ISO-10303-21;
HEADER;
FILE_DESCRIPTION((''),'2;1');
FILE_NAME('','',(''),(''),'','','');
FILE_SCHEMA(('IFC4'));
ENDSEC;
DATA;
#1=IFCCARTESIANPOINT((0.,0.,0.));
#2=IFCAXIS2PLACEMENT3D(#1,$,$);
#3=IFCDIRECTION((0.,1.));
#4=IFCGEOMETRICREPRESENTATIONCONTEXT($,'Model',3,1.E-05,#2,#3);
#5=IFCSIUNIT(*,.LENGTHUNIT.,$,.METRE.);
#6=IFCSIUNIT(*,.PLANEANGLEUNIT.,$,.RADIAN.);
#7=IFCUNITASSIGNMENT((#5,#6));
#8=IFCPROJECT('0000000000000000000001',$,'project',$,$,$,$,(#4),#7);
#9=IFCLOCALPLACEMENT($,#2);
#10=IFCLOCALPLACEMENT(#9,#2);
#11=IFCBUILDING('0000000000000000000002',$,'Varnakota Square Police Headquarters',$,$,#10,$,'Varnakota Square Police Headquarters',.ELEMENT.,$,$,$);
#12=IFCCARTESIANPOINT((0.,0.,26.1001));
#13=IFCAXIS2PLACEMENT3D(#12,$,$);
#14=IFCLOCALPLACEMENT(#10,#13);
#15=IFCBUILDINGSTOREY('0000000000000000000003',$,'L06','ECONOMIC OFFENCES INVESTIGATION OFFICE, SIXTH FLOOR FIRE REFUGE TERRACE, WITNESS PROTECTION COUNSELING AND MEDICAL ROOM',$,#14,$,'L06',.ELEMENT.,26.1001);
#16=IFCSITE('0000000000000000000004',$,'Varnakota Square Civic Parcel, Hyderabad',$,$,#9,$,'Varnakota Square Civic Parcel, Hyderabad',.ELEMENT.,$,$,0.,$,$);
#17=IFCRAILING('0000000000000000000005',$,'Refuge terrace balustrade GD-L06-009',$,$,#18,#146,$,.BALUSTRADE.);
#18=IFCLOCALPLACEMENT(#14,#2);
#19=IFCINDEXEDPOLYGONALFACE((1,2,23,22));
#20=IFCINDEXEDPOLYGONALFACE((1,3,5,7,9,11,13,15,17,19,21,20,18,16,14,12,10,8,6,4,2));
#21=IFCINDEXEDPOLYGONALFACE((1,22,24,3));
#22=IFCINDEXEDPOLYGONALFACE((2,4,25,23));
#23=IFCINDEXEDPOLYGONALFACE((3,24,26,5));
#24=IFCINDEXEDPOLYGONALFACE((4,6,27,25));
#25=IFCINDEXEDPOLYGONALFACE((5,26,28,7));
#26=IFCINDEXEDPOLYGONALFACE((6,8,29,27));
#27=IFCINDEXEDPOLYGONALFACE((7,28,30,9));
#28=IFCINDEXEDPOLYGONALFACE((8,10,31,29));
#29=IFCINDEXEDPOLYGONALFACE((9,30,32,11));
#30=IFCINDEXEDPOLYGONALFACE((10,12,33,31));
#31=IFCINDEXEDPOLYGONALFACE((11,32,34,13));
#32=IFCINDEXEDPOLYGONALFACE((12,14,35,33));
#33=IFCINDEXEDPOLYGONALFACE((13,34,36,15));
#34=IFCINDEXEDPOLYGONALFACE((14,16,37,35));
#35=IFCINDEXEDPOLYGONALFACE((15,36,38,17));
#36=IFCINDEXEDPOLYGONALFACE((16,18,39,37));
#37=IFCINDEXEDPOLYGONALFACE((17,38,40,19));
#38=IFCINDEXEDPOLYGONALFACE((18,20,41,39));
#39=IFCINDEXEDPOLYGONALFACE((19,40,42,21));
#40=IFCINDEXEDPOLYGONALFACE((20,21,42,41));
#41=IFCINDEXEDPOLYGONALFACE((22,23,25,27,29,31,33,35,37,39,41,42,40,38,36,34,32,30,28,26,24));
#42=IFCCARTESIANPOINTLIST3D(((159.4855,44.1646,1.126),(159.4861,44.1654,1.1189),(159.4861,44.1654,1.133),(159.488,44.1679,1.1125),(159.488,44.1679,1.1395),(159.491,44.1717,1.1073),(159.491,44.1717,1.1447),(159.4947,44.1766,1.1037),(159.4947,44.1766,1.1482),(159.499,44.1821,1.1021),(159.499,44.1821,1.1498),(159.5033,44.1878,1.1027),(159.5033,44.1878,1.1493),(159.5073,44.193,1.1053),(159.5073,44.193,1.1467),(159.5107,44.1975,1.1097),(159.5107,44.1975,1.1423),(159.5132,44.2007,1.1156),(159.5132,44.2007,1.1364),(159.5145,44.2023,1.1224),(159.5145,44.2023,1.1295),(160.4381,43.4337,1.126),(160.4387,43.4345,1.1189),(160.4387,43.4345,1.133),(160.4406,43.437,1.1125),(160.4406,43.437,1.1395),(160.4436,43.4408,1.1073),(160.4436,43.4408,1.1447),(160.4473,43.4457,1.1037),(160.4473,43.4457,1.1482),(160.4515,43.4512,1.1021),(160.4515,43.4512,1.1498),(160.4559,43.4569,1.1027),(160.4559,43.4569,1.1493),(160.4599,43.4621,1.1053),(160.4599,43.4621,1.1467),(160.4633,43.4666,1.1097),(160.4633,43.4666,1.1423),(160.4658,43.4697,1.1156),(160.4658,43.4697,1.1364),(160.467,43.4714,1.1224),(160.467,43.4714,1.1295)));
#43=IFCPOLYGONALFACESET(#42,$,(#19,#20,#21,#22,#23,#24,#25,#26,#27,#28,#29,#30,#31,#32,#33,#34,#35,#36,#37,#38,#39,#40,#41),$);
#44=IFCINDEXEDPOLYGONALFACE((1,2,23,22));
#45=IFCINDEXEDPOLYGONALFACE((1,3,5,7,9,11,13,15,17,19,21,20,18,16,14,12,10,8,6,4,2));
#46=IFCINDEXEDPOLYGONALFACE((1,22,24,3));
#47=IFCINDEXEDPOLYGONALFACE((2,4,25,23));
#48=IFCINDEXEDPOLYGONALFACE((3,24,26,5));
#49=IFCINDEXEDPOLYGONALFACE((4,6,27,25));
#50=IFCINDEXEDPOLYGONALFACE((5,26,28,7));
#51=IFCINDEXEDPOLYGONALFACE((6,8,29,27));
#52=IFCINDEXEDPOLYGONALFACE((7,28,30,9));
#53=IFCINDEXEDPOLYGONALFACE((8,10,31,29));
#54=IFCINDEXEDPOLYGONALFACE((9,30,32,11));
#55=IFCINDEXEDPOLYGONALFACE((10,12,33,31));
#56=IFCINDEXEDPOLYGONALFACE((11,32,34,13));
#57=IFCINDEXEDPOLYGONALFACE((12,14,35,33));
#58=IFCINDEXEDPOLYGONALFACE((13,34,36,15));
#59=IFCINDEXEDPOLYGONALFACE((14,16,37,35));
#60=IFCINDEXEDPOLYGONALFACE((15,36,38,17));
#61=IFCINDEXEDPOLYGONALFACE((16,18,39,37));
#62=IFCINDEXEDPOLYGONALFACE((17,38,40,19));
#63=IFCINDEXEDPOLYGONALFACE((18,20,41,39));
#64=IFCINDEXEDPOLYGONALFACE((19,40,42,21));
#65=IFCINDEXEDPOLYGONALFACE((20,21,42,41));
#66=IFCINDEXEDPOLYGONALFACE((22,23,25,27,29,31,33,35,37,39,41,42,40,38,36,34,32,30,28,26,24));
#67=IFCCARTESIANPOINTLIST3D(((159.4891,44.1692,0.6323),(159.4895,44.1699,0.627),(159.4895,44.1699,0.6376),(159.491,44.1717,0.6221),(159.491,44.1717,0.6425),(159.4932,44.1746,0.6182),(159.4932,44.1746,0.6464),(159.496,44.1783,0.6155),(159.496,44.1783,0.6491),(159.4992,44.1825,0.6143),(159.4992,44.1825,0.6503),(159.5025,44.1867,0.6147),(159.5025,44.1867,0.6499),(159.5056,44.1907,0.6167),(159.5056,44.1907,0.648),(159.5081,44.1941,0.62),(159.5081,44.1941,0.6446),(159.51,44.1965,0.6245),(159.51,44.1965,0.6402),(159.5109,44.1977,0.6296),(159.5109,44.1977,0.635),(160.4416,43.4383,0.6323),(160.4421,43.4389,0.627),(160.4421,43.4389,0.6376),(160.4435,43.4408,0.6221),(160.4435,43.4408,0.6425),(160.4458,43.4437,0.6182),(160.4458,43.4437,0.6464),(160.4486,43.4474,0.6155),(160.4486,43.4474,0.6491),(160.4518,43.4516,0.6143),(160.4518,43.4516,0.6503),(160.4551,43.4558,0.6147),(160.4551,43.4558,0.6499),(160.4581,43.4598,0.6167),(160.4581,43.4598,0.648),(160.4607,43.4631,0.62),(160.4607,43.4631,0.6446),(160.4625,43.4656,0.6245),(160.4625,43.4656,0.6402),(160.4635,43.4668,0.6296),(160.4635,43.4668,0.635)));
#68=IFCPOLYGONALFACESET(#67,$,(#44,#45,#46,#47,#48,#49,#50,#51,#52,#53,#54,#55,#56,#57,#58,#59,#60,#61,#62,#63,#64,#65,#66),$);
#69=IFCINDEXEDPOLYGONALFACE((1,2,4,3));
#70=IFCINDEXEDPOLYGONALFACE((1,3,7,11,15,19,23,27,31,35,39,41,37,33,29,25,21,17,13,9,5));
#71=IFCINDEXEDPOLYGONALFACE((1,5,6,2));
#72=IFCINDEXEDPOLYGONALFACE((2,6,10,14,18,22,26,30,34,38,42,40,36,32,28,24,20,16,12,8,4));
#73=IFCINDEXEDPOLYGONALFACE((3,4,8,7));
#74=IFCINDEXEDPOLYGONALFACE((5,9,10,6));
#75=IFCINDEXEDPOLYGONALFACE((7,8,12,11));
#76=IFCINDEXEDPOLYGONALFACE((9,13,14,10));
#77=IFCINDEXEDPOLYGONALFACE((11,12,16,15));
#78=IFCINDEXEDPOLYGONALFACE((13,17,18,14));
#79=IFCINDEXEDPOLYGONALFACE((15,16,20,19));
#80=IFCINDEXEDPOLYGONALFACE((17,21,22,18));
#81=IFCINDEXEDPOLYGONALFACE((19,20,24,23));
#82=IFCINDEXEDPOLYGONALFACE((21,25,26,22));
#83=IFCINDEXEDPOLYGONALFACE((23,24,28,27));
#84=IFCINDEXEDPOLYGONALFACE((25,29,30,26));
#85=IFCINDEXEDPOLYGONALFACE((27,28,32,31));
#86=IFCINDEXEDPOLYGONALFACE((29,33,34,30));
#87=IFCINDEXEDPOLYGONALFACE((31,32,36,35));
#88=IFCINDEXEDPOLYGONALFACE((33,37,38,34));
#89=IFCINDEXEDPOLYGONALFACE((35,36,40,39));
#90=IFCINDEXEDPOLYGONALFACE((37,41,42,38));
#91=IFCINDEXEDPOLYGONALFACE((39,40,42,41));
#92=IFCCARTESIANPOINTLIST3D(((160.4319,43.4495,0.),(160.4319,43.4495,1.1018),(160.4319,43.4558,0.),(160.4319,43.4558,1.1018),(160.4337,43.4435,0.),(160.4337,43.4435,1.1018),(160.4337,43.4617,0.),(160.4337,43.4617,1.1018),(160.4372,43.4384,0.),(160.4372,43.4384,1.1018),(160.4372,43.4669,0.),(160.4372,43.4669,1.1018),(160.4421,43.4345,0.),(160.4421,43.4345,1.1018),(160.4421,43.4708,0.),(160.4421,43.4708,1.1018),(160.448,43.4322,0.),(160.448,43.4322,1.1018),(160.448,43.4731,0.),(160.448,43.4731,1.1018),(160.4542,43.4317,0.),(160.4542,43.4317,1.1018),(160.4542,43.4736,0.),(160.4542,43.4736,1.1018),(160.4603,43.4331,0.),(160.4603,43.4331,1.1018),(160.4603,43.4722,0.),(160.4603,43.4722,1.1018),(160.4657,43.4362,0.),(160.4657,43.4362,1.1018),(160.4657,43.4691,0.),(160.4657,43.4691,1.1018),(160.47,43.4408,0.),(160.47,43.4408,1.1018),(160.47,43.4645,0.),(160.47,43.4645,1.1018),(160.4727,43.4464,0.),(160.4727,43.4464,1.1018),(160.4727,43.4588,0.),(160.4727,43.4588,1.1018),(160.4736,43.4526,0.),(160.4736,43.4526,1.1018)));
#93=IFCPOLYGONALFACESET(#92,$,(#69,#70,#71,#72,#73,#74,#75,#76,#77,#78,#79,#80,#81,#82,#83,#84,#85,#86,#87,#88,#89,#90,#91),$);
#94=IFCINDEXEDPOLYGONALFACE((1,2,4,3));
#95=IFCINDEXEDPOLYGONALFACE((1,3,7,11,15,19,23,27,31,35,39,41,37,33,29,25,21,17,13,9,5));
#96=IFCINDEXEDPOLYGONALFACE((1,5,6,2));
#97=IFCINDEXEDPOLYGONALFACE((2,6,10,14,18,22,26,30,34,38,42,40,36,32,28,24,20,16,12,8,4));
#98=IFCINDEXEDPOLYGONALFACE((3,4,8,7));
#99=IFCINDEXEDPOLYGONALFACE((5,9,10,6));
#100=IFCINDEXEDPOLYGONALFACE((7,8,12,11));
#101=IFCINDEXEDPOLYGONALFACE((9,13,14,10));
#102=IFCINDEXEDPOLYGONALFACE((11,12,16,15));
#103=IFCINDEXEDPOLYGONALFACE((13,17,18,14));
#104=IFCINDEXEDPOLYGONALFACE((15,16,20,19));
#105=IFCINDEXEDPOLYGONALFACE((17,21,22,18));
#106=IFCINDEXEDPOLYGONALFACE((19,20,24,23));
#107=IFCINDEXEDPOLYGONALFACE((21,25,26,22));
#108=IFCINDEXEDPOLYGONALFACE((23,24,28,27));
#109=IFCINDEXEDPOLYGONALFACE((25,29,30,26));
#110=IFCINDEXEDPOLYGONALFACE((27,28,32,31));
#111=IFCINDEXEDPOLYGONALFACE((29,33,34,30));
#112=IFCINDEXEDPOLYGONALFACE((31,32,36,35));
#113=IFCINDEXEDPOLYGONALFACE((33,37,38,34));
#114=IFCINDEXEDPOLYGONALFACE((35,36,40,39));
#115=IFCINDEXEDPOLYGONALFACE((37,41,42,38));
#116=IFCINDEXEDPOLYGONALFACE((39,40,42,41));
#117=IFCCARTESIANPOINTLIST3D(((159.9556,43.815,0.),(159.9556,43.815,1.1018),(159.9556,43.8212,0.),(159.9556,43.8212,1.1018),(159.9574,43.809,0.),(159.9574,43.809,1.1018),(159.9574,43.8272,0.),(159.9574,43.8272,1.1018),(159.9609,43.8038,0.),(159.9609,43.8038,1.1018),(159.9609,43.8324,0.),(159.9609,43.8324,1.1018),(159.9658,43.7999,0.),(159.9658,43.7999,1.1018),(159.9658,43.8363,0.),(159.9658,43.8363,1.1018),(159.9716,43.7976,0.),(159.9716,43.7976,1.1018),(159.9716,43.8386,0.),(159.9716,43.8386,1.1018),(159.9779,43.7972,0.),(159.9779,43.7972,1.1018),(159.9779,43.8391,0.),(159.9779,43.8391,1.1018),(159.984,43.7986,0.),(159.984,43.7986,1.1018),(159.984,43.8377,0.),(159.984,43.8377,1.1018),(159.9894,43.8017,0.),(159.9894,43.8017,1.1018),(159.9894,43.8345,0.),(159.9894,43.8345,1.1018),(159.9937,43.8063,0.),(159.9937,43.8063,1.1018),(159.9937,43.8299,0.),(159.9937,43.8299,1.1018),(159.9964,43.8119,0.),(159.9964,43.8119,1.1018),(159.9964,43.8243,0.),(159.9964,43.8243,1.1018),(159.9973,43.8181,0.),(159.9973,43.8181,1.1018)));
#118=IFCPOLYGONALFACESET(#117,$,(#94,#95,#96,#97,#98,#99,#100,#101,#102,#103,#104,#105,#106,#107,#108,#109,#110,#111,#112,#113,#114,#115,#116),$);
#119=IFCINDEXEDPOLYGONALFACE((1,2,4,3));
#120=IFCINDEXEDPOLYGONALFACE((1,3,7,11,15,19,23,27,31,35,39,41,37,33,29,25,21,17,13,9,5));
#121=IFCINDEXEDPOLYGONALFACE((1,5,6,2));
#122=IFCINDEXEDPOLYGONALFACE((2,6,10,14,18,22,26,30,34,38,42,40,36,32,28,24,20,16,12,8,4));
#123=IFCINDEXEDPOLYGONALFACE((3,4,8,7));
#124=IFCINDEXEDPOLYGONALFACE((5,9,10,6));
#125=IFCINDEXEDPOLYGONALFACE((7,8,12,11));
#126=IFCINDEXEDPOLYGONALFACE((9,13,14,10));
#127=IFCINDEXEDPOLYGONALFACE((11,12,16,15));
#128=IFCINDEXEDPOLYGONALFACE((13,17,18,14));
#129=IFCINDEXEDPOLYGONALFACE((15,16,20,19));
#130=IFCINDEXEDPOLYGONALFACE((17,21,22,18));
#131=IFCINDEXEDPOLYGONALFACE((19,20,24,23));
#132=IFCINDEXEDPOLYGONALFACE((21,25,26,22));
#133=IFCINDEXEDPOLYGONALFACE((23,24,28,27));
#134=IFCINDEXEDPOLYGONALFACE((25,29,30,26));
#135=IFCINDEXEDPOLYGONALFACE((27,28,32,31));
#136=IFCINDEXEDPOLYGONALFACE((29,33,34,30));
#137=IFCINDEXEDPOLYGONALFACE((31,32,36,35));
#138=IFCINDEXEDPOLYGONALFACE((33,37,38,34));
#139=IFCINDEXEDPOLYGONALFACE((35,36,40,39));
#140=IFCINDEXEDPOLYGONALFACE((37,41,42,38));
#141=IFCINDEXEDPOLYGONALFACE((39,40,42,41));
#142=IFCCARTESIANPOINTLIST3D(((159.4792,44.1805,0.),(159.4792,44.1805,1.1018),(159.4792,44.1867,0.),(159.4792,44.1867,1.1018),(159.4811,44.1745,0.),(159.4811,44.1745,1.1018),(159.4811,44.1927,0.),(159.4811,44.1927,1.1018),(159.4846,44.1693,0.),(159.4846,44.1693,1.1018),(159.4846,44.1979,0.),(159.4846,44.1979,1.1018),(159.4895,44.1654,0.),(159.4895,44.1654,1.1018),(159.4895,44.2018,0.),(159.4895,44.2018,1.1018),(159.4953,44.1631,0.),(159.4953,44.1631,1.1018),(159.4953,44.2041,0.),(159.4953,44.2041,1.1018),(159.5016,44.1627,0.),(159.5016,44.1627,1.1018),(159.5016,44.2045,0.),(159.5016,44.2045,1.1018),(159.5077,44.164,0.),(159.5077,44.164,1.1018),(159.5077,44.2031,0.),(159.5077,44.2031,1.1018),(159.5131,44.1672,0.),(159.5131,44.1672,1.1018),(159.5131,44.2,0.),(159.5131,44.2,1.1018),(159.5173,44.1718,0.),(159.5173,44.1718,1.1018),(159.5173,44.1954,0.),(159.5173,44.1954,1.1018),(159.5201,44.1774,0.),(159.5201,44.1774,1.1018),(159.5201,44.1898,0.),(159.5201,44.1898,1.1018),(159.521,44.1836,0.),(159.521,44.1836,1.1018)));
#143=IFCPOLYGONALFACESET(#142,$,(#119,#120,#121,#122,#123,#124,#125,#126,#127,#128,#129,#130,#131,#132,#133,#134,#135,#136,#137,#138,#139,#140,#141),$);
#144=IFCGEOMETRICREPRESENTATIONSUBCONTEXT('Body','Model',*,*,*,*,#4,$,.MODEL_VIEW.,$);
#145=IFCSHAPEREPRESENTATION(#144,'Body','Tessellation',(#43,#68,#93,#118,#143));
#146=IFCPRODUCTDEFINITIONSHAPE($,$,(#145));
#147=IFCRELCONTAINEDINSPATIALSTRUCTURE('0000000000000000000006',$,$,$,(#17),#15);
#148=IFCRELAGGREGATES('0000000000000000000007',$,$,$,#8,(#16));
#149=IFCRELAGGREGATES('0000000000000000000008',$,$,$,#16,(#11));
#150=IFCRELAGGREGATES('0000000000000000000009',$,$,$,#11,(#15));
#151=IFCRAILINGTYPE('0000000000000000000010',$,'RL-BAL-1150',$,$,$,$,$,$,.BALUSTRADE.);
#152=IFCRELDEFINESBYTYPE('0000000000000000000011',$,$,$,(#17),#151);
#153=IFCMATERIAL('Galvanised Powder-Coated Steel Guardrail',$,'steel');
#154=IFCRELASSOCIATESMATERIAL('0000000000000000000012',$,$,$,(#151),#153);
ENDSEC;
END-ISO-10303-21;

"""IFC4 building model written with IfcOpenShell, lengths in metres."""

from ifc_helpers import new_model, si_unit, direction, frame, origin, origin_2d, place, context, subcontext, project, spatial, circle, extrude, material, type_object, element, save


model = new_model("IFC4")

# Units and contexts
model_context = context("Model", 3, precision=1e-05, world=origin(), true_north=direction((0.0, 1.0)))
body_context = subcontext(model_context, "Body", "Model", "MODEL_VIEW")
ifc_project = project(units=[si_unit("LENGTHUNIT", "METRE"), si_unit("PLANEANGLEUNIT", "RADIAN")], contexts=[model_context])

# Site, building, storey
site_placement = place(None, origin())
site = spatial("IfcSite", under=ifc_project, at=site_placement, Name="Varnakota Square Civic Parcel, Hyderabad", LongName="Varnakota Square Civic Parcel, Hyderabad", CompositionType="ELEMENT", RefElevation=0.0)
building_placement = place(site_placement, origin())
building = spatial("IfcBuilding", under=site, at=building_placement, Name="Varnakota Square Police Headquarters", LongName="Varnakota Square Police Headquarters", CompositionType="ELEMENT")
storey_placement = place(building_placement, frame((0.0, 0.0, 26.1001)))
storey = spatial("IfcBuildingStorey", under=building, at=storey_placement, Name="L06", Description="ECONOMIC OFFENCES INVESTIGATION OFFICE, SIXTH FLOOR FIRE REFUGE TERRACE, WITNESS PROTECTION COUNSELING AND MEDICAL ROOM", LongName="L06", CompositionType="ELEMENT", Elevation=26.1001)

# Railing
ifc_material_1 = material(Name="Galvanised Powder-Coated Steel Guardrail", Category="steel")
railing_type = type_object("IfcRailingType", Name="RL-BAL-1150", PredefinedType="BALUSTRADE", material=ifc_material_1)
railing_1_placement = place(storey_placement, frame((160.4526, 43.4526, 0.0)))
element("IfcRailing", 1, at=railing_1_placement, inside=storey, type_object=railing_type, Name="Refuge terrace balustrade GD-L06-009", PredefinedType="BALUSTRADE", context=body_context, shape_type="SweptSolid", body=[
    extrude(circle(Radius=0.0239, at=origin_2d()), frame((0.0, 0.0, 1.126), z_axis=(-0.793364, 0.608747, 0.0), x_axis=(-0.608747, -0.793364, 0.0)), (0.0, 0.0, 1.0), 1.2007),
    extrude(circle(Radius=0.0181, at=origin_2d()), frame((0.0, 0.0, 0.6323), z_axis=(-0.793364, 0.608747, 0.0), x_axis=(-0.608747, -0.793364, 0.0)), (0.0, 0.0, 1.0), 1.2007),
    extrude(circle(Radius=0.021, at=origin_2d()), origin(), (0.0, 0.0, 1.0), 1.1018),
    extrude(circle(Radius=0.021, at=origin_2d()), frame((-0.4763, 0.3655, 0.0)), (0.0, 0.0, 1.0), 1.1018),
    extrude(circle(Radius=0.021, at=origin_2d()), frame((-0.9526, 0.731, 0.0)), (0.0, 0.0, 1.0), 1.1018),
])

save(model, "model.ifc")
